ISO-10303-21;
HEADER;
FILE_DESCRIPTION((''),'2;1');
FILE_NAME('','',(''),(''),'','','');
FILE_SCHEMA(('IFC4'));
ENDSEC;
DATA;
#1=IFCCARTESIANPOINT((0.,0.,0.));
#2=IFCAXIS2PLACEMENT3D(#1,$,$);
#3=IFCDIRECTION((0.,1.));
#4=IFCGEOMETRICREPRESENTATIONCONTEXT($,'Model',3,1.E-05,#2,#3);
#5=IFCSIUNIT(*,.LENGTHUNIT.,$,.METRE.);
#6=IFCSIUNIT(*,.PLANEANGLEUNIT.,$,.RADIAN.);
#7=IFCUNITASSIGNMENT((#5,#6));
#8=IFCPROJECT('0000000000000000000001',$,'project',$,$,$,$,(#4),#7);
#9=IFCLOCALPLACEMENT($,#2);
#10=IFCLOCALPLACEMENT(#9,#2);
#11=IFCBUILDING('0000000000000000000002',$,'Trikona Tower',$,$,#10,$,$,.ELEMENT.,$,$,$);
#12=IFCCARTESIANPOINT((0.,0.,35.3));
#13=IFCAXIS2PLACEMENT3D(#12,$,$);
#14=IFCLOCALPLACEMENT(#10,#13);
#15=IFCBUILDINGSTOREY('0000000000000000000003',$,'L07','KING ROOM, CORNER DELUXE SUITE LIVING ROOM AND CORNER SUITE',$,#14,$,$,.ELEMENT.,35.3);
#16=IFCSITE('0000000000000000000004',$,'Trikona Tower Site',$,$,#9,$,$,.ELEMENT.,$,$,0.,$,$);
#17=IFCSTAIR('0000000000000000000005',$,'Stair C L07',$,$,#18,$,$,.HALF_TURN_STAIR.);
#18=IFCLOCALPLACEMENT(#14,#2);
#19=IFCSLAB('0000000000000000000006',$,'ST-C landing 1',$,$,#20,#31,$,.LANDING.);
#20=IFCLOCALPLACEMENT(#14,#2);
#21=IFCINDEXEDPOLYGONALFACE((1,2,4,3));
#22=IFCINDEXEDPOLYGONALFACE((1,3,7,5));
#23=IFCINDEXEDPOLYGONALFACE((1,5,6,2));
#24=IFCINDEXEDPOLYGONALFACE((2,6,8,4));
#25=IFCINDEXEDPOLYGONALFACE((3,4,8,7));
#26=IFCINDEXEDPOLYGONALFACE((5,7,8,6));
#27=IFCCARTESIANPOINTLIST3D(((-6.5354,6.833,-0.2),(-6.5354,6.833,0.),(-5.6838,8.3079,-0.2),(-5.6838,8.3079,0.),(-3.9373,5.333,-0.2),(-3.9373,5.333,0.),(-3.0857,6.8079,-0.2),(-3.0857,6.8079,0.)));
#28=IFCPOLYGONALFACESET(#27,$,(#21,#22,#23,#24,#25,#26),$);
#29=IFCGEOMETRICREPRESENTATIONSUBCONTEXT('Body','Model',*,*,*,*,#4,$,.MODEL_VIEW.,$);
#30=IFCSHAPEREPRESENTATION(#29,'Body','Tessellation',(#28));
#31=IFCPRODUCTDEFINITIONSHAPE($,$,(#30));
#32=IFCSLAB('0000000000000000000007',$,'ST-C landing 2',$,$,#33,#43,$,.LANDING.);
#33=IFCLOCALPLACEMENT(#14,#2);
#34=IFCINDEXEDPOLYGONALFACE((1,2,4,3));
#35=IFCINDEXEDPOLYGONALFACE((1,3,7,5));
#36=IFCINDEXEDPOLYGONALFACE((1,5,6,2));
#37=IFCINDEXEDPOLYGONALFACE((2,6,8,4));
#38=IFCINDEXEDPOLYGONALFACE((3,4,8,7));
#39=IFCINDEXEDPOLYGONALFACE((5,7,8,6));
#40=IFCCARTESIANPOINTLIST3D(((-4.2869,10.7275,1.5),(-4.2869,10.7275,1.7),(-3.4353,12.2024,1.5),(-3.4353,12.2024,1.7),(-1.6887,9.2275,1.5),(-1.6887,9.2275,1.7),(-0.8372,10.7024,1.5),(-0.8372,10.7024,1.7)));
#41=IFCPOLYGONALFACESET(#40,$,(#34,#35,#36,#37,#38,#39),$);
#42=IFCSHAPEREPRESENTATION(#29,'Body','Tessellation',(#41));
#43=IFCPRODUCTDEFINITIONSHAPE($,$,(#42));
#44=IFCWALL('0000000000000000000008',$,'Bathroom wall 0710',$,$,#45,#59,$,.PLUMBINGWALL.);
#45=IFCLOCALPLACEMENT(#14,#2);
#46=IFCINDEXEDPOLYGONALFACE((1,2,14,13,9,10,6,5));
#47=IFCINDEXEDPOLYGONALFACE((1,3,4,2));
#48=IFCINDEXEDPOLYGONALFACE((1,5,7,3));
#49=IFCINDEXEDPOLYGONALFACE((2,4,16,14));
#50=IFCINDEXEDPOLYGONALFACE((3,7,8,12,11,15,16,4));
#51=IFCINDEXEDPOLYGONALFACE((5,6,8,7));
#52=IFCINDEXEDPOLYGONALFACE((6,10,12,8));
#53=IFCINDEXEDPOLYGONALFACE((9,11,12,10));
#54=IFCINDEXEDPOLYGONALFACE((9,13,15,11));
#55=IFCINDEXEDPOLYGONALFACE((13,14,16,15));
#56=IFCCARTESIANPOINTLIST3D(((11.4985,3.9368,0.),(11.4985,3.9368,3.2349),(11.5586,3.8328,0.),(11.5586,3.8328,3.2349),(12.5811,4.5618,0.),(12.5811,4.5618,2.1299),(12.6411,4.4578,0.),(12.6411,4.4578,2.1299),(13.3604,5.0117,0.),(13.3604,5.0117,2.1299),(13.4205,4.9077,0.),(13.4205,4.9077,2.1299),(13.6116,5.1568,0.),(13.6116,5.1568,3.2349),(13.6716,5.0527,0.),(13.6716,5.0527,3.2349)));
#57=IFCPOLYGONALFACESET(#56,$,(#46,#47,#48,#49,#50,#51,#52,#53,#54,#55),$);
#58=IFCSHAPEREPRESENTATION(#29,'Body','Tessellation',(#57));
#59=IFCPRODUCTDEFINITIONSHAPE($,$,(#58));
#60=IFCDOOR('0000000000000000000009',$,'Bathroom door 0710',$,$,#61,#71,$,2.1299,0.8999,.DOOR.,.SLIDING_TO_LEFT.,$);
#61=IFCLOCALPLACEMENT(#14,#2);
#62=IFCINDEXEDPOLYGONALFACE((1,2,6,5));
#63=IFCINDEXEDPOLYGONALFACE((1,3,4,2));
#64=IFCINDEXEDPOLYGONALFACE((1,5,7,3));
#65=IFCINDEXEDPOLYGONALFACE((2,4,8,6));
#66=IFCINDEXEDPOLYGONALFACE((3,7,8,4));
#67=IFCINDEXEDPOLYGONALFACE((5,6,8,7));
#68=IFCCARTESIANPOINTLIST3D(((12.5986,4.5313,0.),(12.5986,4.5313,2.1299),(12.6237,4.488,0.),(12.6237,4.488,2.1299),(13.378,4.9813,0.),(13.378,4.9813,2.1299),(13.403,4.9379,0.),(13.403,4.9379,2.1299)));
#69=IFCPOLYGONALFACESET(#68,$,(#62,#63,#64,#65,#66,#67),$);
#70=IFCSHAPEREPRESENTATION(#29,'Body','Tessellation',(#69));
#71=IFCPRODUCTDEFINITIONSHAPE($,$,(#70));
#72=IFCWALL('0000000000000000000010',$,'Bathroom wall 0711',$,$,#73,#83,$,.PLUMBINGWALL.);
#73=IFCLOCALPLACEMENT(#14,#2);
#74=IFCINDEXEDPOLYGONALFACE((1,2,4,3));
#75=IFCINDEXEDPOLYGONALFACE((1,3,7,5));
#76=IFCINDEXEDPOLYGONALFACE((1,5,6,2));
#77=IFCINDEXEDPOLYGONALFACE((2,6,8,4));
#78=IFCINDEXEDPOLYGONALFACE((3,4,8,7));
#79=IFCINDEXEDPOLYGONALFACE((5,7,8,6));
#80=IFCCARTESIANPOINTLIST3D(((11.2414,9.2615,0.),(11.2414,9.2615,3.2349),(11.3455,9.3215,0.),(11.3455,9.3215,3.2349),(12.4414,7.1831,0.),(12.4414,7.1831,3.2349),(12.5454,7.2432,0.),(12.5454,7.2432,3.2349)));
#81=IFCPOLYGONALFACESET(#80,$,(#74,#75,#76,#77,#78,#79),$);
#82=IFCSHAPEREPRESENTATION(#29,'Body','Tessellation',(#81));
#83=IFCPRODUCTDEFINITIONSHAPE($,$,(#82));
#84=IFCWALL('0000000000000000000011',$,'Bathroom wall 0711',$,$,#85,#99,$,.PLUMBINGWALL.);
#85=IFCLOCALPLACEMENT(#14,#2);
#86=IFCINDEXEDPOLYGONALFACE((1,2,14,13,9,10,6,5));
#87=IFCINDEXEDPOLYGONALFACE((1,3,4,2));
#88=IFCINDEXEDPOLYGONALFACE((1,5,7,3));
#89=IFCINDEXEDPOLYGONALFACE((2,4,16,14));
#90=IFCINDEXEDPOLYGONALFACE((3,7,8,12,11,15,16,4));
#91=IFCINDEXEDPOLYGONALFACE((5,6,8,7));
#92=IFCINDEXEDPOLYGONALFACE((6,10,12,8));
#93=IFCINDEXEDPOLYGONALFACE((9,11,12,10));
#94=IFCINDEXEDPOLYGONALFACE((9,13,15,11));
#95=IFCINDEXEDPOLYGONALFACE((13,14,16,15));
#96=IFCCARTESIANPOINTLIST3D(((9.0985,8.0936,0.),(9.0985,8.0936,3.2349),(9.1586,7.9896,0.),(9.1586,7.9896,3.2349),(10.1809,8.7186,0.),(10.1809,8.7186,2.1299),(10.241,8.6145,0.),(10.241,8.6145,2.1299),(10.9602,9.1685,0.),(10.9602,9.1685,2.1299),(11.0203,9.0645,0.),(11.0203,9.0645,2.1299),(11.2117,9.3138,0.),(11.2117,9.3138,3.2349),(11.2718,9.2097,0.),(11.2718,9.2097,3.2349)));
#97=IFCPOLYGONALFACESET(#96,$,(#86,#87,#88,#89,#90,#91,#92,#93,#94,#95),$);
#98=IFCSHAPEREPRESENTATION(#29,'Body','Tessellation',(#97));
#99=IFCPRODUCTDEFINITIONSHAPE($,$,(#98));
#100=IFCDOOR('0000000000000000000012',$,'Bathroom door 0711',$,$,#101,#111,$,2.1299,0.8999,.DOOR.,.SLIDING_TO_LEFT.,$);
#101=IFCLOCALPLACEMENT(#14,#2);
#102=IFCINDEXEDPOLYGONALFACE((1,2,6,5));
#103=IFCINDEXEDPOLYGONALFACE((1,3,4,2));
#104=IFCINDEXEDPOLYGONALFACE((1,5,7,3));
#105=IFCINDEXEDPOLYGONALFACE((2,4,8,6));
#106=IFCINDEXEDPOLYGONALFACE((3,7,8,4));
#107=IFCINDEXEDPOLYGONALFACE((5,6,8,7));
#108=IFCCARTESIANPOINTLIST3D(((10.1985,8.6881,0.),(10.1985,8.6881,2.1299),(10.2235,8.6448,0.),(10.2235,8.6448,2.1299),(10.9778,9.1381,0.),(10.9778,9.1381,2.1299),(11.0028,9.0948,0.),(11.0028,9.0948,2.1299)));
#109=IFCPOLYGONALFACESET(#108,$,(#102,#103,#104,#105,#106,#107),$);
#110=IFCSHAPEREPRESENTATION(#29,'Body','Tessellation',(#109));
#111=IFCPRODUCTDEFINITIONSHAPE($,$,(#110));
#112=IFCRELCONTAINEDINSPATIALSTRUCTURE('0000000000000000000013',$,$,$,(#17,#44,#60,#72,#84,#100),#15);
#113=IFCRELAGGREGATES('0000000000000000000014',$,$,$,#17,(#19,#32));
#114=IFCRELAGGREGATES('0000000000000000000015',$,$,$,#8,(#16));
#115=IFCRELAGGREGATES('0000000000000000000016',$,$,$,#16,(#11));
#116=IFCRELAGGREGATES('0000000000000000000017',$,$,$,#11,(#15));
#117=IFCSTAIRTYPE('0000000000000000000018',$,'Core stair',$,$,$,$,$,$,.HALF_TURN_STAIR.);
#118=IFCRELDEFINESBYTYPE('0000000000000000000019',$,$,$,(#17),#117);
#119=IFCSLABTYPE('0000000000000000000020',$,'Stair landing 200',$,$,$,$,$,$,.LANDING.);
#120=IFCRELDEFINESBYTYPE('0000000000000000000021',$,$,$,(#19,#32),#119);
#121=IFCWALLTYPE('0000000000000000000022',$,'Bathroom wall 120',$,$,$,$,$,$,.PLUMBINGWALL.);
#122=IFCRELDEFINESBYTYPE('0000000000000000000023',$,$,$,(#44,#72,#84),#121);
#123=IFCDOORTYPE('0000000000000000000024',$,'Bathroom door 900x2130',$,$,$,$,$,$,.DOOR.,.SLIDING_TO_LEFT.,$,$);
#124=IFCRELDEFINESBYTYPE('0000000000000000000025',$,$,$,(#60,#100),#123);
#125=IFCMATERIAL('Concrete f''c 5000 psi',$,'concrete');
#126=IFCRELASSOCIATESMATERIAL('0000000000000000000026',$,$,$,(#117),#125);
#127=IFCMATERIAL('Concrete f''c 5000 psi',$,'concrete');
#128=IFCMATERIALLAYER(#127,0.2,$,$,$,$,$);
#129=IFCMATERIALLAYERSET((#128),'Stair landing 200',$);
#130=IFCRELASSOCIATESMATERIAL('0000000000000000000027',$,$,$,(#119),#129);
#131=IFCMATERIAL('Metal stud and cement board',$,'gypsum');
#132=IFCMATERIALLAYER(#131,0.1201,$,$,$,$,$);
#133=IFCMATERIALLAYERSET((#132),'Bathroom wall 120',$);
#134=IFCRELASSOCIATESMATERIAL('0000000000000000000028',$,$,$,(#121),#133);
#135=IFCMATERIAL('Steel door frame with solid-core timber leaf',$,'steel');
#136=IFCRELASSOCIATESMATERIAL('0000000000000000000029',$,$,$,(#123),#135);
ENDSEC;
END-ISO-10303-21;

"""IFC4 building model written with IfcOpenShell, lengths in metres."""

from ifc_helpers import new_model, si_unit, direction, frame, frame_2d, origin, place, context, subcontext, project, spatial, polyline, rectangle, outline, extrude, material, layer, layer_set, type_object, element, fill, aggregate, save


model = new_model("IFC4")

# Units and contexts
model_context = context("Model", 3, precision=1e-05, world=origin(), true_north=direction((0.0, 1.0)))
body_context = subcontext(model_context, "Body", "Model", "MODEL_VIEW")
ifc_project = project(units=[si_unit("LENGTHUNIT", "METRE"), si_unit("PLANEANGLEUNIT", "RADIAN")], contexts=[model_context])

# Site, building, storey
site_placement = place(None, origin())
site = spatial("IfcSite", under=ifc_project, at=site_placement, Name="Trikona Tower Site", CompositionType="ELEMENT", RefElevation=0.0)
building_placement = place(site_placement, origin())
building = spatial("IfcBuilding", under=site, at=building_placement, Name="Trikona Tower", CompositionType="ELEMENT")
storey_placement = place(building_placement, frame((0.0, 0.0, 35.3)))
storey = spatial("IfcBuildingStorey", under=building, at=storey_placement, Name="L07", Description="KING ROOM, CORNER DELUXE SUITE LIVING ROOM AND CORNER SUITE", CompositionType="ELEMENT", Elevation=35.3)

# Stair, slabs
ifc_material_1 = material(Name="Concrete f'c 5000 psi", Category="concrete")
stair_type = type_object("IfcStairType", Name="Core stair", PredefinedType="HALF_TURN_STAIR", material=ifc_material_1)
ifc_material_2 = material(Name="Concrete f'c 5000 psi", Category="concrete")
ifc_layer_1 = layer(ifc_material_2, 0.2)
ifc_layer_set_1 = layer_set([ifc_layer_1], Name="Stair landing 200")
slab_type_1 = type_object("IfcSlabType", Name="Stair landing 200", PredefinedType="LANDING", material=ifc_layer_set_1)
stair_1_placement = place(storey_placement, origin())
stair_1 = element("IfcStair", 1, at=stair_1_placement, inside=storey, type_object=stair_type, Name="Stair C L07", PredefinedType="HALF_TURN_STAIR")
slab_1_placement = place(storey_placement, frame((0.0, 0.0, -0.2)))
slab_1 = element("IfcSlab", 2, at=slab_1_placement, type_object=slab_type_1, Name="ST-C landing 1", PredefinedType="LANDING", context=body_context, shape_type="SweptSolid", body=[
    extrude(outline(polyline([(-3.0857, 6.8079), (-3.9373, 5.333), (-6.5354, 6.833), (-5.6838, 8.3079), (-3.0857, 6.8079)])), origin(), (0.0, 0.0, 1.0), 0.2),
])
slab_2_placement = place(storey_placement, frame((0.0, 0.0, 1.5)))
slab_2 = element("IfcSlab", 3, at=slab_2_placement, type_object=slab_type_1, Name="ST-C landing 2", PredefinedType="LANDING", context=body_context, shape_type="SweptSolid", body=[
    extrude(outline(polyline([(-0.8372, 10.7024), (-1.6887, 9.2275), (-4.2869, 10.7275), (-3.4353, 12.2024), (-0.8372, 10.7024)])), origin(), (0.0, 0.0, 1.0), 0.2),
])
aggregate(stair_1, [slab_1, slab_2])

# Wall, opening, door
ifc_material_3 = material(Name="Metal stud and cement board", Category="gypsum")
ifc_layer_2 = layer(ifc_material_3, 0.1201)
ifc_layer_set_2 = layer_set([ifc_layer_2], Name="Bathroom wall 120")
wall_type_1 = type_object("IfcWallType", Name="Bathroom wall 120", PredefinedType="PLUMBINGWALL", material=ifc_layer_set_2)
wall_1_placement = place(storey_placement, frame((11.5286, 3.8848, 0.0), z_axis=(0.0, 0.0, 1.0), x_axis=(0.866024, 0.500003, 0.0)))
wall_1 = element("IfcWall", 4, at=wall_1_placement, inside=storey, type_object=wall_type_1, Name="Bathroom wall 0710", PredefinedType="PLUMBINGWALL", context=body_context, shape_type="SweptSolid", body=[
    extrude(rectangle(XDim=2.4399, YDim=0.1201, at=frame_2d((1.22, 0.0))), origin(), (0.0, 0.0, 1.0), 3.2349),
])
opening_1_placement = place(wall_1_placement, frame((1.25, 0.0, 0.0)))
opening_1 = element("IfcOpeningElement", 5, at=opening_1_placement, cuts=wall_1, PredefinedType="OPENING", context=body_context, shape_type="SweptSolid", body=[
    extrude(rectangle(XDim=0.8999, YDim=2.1299, at=frame_2d((0.45, 1.0649))), frame((0.0, 0.0701, 0.0), z_axis=(0.0, -1.0, 0.0), x_axis=(1.0, 0.0, 0.0)), (0.0, 0.0, 1.0), 0.1401),
])
ifc_material_4 = material(Name="Steel door frame with solid-core timber leaf", Category="steel")
door_type_1 = type_object("IfcDoorType", Name="Bathroom door 900x2130", OperationType="SLIDING_TO_LEFT", PredefinedType="DOOR", material=ifc_material_4)
door_1_placement = place(opening_1_placement, origin())
door_1 = element("IfcDoor", 6, at=door_1_placement, inside=storey, type_object=door_type_1, Name="Bathroom door 0710", OperationType="SLIDING_TO_LEFT", OverallHeight=2.1299, OverallWidth=0.8999, PredefinedType="DOOR", context=body_context, shape_type="SweptSolid", body=[
    extrude(rectangle(XDim=0.8999, YDim=2.1299, at=frame_2d((0.45, 1.0649))), frame((0.0, 0.0249, 0.0), z_axis=(0.0, -1.0, 0.0), x_axis=(1.0, 0.0, 0.0)), (0.0, 0.0, 1.0), 0.05),
])
fill(opening_1, door_1)

# Wall
wall_2_placement = place(storey_placement, frame((12.4934, 7.2131, 0.0), z_axis=(0.0, 0.0, 1.0), x_axis=(-0.500001, 0.866025, 0.0)))
element("IfcWall", 7, at=wall_2_placement, inside=storey, type_object=wall_type_1, Name="Bathroom wall 0711", PredefinedType="PLUMBINGWALL", context=body_context, shape_type="SweptSolid", body=[
    extrude(rectangle(XDim=2.3999, YDim=0.1201, at=frame_2d((1.2, 0.0))), origin(), (0.0, 0.0, 1.0), 3.2349),
])

# Wall, opening, door
wall_3_placement = place(storey_placement, frame((9.1284, 8.0415, 0.0), z_axis=(0.0, 0.0, 1.0), x_axis=(0.866006, 0.500034, 0.0)))
wall_3 = element("IfcWall", 8, at=wall_3_placement, inside=storey, type_object=wall_type_1, Name="Bathroom wall 0711", PredefinedType="PLUMBINGWALL", context=body_context, shape_type="SweptSolid", body=[
    extrude(rectangle(XDim=2.4402, YDim=0.1201, at=frame_2d((1.2202, 0.0))), origin(), (0.0, 0.0, 1.0), 3.2349),
])
opening_2_placement = place(wall_3_placement, frame((1.25, 0.0, 0.0)))
opening_2 = element("IfcOpeningElement", 9, at=opening_2_placement, cuts=wall_3, PredefinedType="OPENING", context=body_context, shape_type="SweptSolid", body=[
    extrude(rectangle(XDim=0.8999, YDim=2.1299, at=frame_2d((0.45, 1.0649))), frame((0.0, 0.0701, 0.0), z_axis=(0.0, -1.0, 0.0), x_axis=(1.0, 0.0, 0.0)), (0.0, 0.0, 1.0), 0.1401),
])
door_2_placement = place(opening_2_placement, origin())
door_2 = element("IfcDoor", 10, at=door_2_placement, inside=storey, type_object=door_type_1, Name="Bathroom door 0711", OperationType="SLIDING_TO_LEFT", OverallHeight=2.1299, OverallWidth=0.8999, PredefinedType="DOOR", context=body_context, shape_type="SweptSolid", body=[
    extrude(rectangle(XDim=0.8999, YDim=2.1299, at=frame_2d((0.45, 1.0649))), frame((0.0, 0.0249, 0.0), z_axis=(0.0, -1.0, 0.0), x_axis=(1.0, 0.0, 0.0)), (0.0, 0.0, 1.0), 0.05),
])
fill(opening_2, door_2)

save(model, "model.ifc")
